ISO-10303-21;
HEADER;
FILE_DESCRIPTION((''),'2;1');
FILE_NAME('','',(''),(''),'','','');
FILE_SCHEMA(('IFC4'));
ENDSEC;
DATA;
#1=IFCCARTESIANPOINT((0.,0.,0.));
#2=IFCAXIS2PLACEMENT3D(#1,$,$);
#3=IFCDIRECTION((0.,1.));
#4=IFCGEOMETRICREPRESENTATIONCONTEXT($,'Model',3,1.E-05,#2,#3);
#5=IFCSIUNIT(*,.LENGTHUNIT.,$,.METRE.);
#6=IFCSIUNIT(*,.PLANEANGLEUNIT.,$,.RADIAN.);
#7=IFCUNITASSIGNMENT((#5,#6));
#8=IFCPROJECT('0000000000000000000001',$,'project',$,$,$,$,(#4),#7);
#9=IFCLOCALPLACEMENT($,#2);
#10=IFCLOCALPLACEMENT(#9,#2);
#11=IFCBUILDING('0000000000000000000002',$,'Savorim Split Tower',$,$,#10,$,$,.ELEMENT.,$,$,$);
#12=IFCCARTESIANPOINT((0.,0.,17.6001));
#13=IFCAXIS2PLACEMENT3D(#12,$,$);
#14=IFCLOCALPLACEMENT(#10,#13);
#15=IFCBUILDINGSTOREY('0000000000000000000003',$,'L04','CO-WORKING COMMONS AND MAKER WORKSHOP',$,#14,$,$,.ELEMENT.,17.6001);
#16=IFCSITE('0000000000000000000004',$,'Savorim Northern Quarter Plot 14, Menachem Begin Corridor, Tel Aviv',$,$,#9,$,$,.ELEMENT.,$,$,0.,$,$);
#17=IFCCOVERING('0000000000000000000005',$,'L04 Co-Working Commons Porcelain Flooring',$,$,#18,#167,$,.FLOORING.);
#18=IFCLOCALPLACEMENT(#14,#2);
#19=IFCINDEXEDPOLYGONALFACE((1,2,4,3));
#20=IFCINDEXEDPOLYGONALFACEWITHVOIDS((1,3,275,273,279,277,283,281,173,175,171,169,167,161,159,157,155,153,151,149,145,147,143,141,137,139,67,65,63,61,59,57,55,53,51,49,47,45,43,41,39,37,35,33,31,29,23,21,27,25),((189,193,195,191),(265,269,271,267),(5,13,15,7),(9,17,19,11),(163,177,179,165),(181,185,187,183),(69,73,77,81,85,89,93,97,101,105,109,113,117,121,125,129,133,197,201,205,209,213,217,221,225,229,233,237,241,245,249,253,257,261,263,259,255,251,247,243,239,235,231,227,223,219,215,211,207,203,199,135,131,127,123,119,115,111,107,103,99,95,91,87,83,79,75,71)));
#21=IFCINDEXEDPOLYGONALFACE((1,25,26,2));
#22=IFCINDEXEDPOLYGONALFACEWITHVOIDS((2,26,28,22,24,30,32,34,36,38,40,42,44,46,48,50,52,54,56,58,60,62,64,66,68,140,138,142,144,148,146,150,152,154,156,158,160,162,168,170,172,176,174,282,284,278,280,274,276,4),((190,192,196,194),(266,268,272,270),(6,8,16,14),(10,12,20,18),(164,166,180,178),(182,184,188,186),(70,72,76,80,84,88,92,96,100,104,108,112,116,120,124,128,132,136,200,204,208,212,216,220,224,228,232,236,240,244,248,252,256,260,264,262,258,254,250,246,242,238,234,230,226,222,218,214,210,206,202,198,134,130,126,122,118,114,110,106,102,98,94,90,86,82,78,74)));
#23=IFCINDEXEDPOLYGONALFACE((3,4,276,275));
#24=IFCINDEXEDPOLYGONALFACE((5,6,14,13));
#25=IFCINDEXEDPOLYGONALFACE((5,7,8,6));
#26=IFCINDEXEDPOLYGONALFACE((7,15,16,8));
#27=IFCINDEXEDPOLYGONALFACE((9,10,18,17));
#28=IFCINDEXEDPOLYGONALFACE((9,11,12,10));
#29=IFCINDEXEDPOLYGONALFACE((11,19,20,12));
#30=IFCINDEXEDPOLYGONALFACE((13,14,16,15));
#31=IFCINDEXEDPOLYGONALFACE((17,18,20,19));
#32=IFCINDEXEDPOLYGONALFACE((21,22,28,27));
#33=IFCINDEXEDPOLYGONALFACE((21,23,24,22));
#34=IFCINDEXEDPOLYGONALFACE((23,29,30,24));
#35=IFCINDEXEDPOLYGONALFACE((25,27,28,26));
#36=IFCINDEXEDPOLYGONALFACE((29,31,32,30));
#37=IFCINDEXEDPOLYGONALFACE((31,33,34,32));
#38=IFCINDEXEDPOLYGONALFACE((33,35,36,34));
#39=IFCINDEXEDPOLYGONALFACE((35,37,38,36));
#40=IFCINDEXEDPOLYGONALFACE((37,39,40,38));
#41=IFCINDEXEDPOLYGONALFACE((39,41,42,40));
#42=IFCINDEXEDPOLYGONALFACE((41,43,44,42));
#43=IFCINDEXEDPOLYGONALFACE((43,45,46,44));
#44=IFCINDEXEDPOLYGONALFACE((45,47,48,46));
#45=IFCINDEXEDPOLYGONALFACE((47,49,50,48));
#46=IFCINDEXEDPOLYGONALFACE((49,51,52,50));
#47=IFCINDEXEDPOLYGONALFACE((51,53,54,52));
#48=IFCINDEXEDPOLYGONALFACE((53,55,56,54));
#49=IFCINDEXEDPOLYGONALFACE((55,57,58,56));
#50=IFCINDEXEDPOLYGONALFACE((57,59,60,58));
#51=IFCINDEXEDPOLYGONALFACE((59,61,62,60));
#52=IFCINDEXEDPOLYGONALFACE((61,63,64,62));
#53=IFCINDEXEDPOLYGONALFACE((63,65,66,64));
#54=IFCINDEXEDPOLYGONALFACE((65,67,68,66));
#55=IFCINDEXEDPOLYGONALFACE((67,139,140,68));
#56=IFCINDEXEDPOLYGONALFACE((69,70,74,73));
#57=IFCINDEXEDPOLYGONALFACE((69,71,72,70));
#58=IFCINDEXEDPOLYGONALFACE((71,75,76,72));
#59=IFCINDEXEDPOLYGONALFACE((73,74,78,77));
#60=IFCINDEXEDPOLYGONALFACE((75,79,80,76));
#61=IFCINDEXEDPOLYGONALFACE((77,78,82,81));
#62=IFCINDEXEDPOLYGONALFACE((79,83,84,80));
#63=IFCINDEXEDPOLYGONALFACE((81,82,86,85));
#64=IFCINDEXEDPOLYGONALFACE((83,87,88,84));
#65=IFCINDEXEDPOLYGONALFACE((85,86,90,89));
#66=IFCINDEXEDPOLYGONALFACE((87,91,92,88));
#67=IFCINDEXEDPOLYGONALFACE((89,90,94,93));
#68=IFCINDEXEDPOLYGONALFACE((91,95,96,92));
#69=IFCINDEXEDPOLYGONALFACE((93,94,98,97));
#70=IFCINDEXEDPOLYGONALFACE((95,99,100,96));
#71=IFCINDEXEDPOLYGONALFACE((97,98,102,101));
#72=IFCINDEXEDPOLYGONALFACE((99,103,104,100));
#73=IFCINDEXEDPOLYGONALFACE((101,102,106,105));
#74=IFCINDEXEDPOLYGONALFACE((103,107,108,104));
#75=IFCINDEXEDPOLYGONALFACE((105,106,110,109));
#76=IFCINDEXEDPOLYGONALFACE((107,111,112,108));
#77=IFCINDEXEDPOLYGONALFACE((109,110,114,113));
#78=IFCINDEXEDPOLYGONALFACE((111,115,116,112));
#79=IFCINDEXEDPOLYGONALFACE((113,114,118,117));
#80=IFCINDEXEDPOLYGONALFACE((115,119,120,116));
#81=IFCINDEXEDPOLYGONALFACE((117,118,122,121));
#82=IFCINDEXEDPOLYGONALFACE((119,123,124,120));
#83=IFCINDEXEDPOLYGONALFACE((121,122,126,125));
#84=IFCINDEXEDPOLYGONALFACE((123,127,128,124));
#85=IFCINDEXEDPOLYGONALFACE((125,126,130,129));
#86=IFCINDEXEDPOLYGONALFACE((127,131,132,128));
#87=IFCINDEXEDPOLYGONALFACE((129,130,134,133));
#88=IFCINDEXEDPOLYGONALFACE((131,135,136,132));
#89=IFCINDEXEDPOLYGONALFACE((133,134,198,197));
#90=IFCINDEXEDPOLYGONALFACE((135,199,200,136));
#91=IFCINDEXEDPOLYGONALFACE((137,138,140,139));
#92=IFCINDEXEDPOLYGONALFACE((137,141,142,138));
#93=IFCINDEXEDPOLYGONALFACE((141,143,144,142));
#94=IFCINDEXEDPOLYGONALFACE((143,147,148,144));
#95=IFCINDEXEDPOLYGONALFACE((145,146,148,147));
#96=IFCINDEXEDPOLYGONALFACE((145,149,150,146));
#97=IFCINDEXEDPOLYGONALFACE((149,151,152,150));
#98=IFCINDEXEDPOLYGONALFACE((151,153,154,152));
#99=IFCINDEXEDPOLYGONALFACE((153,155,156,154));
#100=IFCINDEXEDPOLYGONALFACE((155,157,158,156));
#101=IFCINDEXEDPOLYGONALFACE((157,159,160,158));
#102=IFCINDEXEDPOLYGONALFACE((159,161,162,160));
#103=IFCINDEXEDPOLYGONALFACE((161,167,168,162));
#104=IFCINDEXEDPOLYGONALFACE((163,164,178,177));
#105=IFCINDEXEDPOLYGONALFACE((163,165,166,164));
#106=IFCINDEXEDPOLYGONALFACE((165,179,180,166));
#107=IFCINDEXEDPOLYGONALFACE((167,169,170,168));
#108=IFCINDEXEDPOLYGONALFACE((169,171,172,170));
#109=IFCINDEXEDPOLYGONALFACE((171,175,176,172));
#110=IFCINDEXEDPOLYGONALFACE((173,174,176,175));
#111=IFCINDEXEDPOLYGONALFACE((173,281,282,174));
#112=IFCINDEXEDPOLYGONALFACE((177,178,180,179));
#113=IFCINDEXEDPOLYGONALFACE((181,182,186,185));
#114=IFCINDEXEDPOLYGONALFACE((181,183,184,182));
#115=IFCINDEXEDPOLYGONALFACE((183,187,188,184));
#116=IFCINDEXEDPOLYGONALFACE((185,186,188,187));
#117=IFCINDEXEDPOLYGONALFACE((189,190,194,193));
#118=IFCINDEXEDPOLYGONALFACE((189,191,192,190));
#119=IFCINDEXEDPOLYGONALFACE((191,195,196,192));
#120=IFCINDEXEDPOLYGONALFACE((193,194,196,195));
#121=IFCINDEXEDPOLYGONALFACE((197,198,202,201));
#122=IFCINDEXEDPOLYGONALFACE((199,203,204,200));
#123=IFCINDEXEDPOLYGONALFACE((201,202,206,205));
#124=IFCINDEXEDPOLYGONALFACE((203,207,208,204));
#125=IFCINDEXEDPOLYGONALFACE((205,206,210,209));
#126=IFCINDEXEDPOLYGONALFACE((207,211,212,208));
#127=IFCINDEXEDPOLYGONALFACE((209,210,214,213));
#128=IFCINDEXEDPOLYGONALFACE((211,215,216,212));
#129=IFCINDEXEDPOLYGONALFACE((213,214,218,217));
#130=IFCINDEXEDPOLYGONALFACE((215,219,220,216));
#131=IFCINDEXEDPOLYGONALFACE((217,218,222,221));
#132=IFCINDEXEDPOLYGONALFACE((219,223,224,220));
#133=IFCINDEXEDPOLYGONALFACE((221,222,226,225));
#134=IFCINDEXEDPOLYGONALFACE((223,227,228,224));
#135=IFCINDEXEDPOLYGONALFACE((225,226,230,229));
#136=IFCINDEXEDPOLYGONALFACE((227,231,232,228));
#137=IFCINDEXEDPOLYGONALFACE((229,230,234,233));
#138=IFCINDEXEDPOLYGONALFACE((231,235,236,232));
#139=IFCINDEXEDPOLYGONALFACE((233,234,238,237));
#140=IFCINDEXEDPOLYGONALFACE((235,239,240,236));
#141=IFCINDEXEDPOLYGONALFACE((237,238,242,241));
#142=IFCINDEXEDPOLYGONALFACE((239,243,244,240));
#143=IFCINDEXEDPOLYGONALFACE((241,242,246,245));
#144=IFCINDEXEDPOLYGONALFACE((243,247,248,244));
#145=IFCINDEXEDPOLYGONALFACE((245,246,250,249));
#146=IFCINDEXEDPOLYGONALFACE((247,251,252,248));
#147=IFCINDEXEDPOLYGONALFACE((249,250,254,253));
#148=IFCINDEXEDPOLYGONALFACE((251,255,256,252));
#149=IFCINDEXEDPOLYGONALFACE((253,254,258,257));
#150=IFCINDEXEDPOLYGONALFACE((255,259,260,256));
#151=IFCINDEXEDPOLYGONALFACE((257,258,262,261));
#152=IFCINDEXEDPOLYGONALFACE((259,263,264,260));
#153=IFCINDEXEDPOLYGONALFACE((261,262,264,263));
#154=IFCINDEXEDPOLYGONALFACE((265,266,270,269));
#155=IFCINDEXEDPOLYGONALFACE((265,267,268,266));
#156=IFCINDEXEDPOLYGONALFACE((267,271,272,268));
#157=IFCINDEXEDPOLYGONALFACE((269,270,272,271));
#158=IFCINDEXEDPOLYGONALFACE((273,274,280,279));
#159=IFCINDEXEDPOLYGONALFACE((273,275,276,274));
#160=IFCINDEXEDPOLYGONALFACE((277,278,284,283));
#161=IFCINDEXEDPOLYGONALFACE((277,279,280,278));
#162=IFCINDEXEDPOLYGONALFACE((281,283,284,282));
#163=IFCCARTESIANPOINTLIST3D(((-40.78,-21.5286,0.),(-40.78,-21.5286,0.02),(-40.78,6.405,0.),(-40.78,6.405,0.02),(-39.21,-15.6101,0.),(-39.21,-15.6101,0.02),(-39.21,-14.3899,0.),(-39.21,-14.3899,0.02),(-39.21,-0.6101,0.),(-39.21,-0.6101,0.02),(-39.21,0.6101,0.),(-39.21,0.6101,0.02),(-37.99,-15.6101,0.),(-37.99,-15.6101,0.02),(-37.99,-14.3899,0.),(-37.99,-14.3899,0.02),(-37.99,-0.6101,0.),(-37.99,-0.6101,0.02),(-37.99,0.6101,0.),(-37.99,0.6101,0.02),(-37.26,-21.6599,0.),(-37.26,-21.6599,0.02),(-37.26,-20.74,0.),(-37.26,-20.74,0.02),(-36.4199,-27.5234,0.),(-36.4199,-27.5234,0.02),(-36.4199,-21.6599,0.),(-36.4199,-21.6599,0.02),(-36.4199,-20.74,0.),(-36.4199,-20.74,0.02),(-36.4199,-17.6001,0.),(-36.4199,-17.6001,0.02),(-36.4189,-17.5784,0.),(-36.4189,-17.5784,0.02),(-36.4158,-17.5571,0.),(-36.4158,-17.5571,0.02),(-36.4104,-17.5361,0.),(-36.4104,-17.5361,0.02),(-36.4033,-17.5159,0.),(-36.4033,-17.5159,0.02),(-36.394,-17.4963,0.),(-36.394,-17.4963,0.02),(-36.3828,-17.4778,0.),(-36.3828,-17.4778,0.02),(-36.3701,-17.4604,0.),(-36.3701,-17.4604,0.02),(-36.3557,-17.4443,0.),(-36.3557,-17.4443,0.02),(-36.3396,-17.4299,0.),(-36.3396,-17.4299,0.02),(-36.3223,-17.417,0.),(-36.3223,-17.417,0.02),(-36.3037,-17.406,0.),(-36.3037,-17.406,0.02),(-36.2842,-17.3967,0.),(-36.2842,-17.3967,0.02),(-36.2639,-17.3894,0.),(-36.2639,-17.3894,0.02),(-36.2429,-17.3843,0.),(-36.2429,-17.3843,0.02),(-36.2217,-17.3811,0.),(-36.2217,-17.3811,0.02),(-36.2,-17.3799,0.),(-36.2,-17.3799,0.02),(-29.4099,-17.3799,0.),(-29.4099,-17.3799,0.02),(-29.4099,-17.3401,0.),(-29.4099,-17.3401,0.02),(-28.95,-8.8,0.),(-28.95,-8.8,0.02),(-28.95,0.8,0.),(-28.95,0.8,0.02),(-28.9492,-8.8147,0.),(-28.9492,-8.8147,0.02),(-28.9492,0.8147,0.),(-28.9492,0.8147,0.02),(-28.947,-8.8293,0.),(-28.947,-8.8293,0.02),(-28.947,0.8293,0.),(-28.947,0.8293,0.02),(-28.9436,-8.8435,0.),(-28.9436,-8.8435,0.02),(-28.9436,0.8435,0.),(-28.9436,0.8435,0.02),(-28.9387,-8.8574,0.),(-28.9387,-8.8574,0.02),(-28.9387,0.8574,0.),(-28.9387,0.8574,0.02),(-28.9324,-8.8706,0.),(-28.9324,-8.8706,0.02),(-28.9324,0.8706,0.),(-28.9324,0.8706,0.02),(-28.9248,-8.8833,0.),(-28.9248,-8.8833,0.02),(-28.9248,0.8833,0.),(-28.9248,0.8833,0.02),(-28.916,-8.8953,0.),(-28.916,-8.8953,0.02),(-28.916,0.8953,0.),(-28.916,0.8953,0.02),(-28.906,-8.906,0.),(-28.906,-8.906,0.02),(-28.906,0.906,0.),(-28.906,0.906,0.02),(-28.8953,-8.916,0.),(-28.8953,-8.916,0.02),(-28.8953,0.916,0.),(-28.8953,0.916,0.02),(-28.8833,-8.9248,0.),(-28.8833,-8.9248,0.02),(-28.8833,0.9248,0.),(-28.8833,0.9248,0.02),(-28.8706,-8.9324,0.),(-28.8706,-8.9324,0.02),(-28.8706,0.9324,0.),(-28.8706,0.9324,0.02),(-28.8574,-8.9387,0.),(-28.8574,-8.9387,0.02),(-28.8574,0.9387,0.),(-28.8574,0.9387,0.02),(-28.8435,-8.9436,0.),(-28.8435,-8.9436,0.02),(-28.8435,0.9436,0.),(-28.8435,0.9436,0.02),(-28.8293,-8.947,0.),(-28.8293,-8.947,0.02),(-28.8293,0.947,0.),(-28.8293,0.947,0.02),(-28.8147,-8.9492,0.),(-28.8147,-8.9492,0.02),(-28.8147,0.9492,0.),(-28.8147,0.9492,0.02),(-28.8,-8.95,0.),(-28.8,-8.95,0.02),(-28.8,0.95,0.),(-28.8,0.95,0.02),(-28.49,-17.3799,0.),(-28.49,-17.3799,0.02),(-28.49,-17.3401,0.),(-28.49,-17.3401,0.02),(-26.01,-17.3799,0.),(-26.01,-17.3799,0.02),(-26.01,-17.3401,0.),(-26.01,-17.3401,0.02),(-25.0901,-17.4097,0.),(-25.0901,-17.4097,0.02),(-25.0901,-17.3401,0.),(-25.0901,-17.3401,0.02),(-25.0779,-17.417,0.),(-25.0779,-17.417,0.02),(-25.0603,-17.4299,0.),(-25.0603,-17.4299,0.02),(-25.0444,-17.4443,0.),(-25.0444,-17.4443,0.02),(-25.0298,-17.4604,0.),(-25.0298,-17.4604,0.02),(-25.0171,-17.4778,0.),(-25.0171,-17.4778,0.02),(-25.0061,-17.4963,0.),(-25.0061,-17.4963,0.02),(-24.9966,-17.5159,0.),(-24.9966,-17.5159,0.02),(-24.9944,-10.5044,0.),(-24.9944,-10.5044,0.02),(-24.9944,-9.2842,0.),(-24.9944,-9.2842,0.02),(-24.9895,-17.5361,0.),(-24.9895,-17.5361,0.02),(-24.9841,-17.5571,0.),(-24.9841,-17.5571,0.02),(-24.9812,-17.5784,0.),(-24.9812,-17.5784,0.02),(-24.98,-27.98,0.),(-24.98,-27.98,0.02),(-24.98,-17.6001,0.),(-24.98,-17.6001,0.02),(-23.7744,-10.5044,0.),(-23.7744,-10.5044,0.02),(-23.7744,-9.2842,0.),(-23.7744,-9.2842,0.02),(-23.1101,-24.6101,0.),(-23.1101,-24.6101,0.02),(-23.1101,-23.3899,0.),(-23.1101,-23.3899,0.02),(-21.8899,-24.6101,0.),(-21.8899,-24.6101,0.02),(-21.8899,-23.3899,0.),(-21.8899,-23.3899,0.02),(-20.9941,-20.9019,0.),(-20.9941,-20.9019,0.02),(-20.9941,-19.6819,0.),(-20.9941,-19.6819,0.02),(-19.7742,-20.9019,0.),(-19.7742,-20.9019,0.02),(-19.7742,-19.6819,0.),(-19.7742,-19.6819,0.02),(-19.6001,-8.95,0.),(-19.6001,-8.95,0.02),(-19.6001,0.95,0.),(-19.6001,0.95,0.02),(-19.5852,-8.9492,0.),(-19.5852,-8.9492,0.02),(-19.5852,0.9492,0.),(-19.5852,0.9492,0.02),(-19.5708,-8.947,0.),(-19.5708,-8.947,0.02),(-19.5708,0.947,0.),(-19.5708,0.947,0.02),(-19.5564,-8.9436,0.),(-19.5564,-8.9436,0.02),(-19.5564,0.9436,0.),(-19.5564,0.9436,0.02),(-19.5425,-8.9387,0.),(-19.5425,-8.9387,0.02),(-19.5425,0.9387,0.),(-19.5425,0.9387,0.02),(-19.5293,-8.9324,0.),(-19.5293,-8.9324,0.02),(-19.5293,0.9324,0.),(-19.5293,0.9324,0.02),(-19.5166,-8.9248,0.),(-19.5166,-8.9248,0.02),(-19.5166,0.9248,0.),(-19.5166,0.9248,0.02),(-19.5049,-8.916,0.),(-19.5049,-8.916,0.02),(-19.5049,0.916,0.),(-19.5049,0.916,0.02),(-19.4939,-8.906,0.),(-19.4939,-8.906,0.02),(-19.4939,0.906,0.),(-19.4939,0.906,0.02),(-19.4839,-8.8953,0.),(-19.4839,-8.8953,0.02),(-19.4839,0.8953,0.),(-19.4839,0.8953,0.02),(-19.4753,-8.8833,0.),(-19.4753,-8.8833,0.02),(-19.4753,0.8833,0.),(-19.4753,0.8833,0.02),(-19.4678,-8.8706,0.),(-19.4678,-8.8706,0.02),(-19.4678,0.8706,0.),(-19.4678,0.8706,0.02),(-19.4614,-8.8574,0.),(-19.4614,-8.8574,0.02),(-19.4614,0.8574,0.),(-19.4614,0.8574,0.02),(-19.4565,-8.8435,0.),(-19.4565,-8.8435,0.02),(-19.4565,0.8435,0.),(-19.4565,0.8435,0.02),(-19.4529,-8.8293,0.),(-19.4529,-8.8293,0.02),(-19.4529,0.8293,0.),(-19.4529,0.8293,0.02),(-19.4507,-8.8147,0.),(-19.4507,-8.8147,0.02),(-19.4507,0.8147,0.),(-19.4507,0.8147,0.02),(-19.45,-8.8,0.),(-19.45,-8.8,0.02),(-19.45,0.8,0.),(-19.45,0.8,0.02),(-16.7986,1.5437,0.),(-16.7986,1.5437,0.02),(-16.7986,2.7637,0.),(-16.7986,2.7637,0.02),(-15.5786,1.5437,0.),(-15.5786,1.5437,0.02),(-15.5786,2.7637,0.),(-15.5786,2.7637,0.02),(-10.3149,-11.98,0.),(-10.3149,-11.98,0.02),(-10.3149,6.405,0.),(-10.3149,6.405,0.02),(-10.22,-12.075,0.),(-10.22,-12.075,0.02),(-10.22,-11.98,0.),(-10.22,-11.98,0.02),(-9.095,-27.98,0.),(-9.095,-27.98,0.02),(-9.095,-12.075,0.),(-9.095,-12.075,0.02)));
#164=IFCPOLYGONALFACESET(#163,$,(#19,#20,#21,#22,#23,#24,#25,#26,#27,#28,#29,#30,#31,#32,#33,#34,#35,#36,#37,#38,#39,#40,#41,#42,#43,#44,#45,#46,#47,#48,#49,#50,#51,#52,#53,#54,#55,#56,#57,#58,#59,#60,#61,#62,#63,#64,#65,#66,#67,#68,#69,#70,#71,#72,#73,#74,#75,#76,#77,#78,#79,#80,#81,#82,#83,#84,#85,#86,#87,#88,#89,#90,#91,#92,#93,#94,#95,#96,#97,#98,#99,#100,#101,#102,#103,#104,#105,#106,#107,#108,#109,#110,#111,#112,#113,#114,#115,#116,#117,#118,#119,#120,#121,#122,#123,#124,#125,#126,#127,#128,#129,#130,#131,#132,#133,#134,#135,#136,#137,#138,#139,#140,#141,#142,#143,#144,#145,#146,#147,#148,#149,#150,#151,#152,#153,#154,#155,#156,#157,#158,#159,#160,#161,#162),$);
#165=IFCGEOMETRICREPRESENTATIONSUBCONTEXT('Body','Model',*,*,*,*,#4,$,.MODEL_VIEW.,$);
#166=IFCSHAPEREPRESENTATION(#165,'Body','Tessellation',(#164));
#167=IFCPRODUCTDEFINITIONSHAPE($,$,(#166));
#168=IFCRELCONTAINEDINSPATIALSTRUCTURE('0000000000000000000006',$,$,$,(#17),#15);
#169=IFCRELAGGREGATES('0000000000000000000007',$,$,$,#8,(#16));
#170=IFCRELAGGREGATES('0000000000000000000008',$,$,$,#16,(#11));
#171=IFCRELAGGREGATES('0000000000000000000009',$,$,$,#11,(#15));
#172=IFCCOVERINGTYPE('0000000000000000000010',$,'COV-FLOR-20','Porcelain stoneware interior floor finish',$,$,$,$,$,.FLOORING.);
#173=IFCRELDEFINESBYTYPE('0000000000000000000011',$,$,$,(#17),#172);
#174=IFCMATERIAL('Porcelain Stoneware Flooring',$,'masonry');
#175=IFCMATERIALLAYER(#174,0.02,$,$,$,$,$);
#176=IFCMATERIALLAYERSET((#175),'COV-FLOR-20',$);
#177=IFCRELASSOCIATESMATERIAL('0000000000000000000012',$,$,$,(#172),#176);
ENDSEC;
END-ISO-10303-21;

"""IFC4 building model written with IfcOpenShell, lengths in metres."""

from ifc_helpers import new_model, si_unit, direction, frame, origin, place, context, subcontext, project, spatial, polyline, outline, extrude, material, layer, layer_set, type_object, element, save


model = new_model("IFC4")

# Units and contexts
model_context = context("Model", 3, precision=1e-05, world=origin(), true_north=direction((0.0, 1.0)))
body_context = subcontext(model_context, "Body", "Model", "MODEL_VIEW")
ifc_project = project(units=[si_unit("LENGTHUNIT", "METRE"), si_unit("PLANEANGLEUNIT", "RADIAN")], contexts=[model_context])

# Site, building, storey
site_placement = place(None, origin())
site = spatial("IfcSite", under=ifc_project, at=site_placement, Name="Savorim Northern Quarter Plot 14, Menachem Begin Corridor, Tel Aviv", CompositionType="ELEMENT", RefElevation=0.0)
building_placement = place(site_placement, origin())
building = spatial("IfcBuilding", under=site, at=building_placement, Name="Savorim Split Tower", CompositionType="ELEMENT")
storey_placement = place(building_placement, frame((0.0, 0.0, 17.6001)))
storey = spatial("IfcBuildingStorey", under=building, at=storey_placement, Name="L04", Description="CO-WORKING COMMONS AND MAKER WORKSHOP", CompositionType="ELEMENT", Elevation=17.6001)

# Covering
ifc_material_1 = material(Name="Porcelain Stoneware Flooring", Category="masonry")
ifc_layer_1 = layer(ifc_material_1, 0.02)
ifc_layer_set_1 = layer_set([ifc_layer_1], Name="COV-FLOR-20")
covering_type_1 = type_object("IfcCoveringType", Name="COV-FLOR-20", Description="Porcelain stoneware interior floor finish", PredefinedType="FLOORING", material=ifc_layer_set_1)
covering_1_placement = place(storey_placement, origin())
element("IfcCovering", 1, at=covering_1_placement, inside=storey, type_object=covering_type_1, Name="L04 Co-Working Commons Porcelain Flooring", PredefinedType="FLOORING", context=body_context, shape_type="SweptSolid", body=[
    extrude(outline(polyline([(-10.3149, 6.405), (-40.78, 6.405), (-40.78, -21.5286), (-36.4199, -27.5234), (-36.4199, -21.6599), (-37.26, -21.6599), (-37.26, -20.74), (-36.4199, -20.74), (-36.4199, -17.6001), (-36.4189, -17.5784), (-36.4158, -17.5571), (-36.4104, -17.5361), (-36.4033, -17.5159), (-36.394, -17.4963), (-36.3828, -17.4778), (-36.3701, -17.4604), (-36.3557, -17.4443), (-36.3396, -17.4299), (-36.3223, -17.417), (-36.3037, -17.406), (-36.2842, -17.3967), (-36.2639, -17.3894), (-36.2429, -17.3843), (-36.2217, -17.3811), (-36.2, -17.3799), (-29.4099, -17.3799), (-29.4099, -17.3401), (-28.49, -17.3401), (-28.49, -17.3799), (-26.01, -17.3799), (-26.01, -17.3401), (-25.0901, -17.3401), (-25.0901, -17.4097), (-25.0779, -17.417), (-25.0603, -17.4299), (-25.0444, -17.4443), (-25.0298, -17.4604), (-25.0171, -17.4778), (-25.0061, -17.4963), (-24.9966, -17.5159), (-24.9895, -17.5361), (-24.9841, -17.5571), (-24.9812, -17.5784), (-24.98, -17.6001), (-24.98, -27.98), (-9.095, -27.98), (-9.095, -12.075), (-10.22, -12.075), (-10.22, -11.98), (-10.3149, -11.98), (-10.3149, 6.405)]), holes=[polyline([(-28.947, -8.8293), (-28.9436, -8.8435), (-28.9387, -8.8574), (-28.9324, -8.8706), (-28.9248, -8.8833), (-28.916, -8.8953), (-28.906, -8.906), (-28.8953, -8.916), (-28.8833, -8.9248), (-28.8706, -8.9324), (-28.8574, -8.9387), (-28.8435, -8.9436), (-28.8293, -8.947), (-28.8147, -8.9492), (-28.8, -8.95), (-19.6001, -8.95), (-19.5852, -8.9492), (-19.5708, -8.947), (-19.5564, -8.9436), (-19.5425, -8.9387), (-19.5293, -8.9324), (-19.5166, -8.9248), (-19.5049, -8.916), (-19.4939, -8.906), (-19.4839, -8.8953), (-19.4753, -8.8833), (-19.4678, -8.8706), (-19.4614, -8.8574), (-19.4565, -8.8435), (-19.4529, -8.8293), (-19.4507, -8.8147), (-19.45, -8.8), (-19.45, 0.8), (-19.4507, 0.8147), (-19.4529, 0.8293), (-19.4565, 0.8435), (-19.4614, 0.8574), (-19.4678, 0.8706), (-19.4753, 0.8833), (-19.4839, 0.8953), (-19.4939, 0.906), (-19.5049, 0.916), (-19.5166, 0.9248), (-19.5293, 0.9324), (-19.5425, 0.9387), (-19.5564, 0.9436), (-19.5708, 0.947), (-19.5852, 0.9492), (-19.6001, 0.95), (-28.8, 0.95), (-28.8147, 0.9492), (-28.8293, 0.947), (-28.8435, 0.9436), (-28.8574, 0.9387), (-28.8706, 0.9324), (-28.8833, 0.9248), (-28.8953, 0.916), (-28.906, 0.906), (-28.916, 0.8953), (-28.9248, 0.8833), (-28.9324, 0.8706), (-28.9387, 0.8574), (-28.9436, 0.8435), (-28.947, 0.8293), (-28.9492, 0.8147), (-28.95, 0.8), (-28.95, -8.8), (-28.9492, -8.8147), (-28.947, -8.8293)]), polyline([(-37.99, 0.6101), (-39.21, 0.6101), (-39.21, -0.6101), (-37.99, -0.6101), (-37.99, 0.6101)]), polyline([(-39.21, -14.3899), (-39.21, -15.6101), (-37.99, -15.6101), (-37.99, -14.3899), (-39.21, -14.3899)]), polyline([(-23.1101, -24.6101), (-21.8899, -24.6101), (-21.8899, -23.3899), (-23.1101, -23.3899), (-23.1101, -24.6101)]), polyline([(-19.7742, -20.9019), (-19.7742, -19.6819), (-20.9941, -19.6819), (-20.9941, -20.9019), (-19.7742, -20.9019)]), polyline([(-15.5786, 1.5437), (-15.5786, 2.7637), (-16.7986, 2.7637), (-16.7986, 1.5437), (-15.5786, 1.5437)]), polyline([(-23.7744, -9.2842), (-24.9944, -9.2842), (-24.9944, -10.5044), (-23.7744, -10.5044), (-23.7744, -9.2842)])]), origin(), (0.0, 0.0, 1.0), 0.02),
])

save(model, "model.ifc")
